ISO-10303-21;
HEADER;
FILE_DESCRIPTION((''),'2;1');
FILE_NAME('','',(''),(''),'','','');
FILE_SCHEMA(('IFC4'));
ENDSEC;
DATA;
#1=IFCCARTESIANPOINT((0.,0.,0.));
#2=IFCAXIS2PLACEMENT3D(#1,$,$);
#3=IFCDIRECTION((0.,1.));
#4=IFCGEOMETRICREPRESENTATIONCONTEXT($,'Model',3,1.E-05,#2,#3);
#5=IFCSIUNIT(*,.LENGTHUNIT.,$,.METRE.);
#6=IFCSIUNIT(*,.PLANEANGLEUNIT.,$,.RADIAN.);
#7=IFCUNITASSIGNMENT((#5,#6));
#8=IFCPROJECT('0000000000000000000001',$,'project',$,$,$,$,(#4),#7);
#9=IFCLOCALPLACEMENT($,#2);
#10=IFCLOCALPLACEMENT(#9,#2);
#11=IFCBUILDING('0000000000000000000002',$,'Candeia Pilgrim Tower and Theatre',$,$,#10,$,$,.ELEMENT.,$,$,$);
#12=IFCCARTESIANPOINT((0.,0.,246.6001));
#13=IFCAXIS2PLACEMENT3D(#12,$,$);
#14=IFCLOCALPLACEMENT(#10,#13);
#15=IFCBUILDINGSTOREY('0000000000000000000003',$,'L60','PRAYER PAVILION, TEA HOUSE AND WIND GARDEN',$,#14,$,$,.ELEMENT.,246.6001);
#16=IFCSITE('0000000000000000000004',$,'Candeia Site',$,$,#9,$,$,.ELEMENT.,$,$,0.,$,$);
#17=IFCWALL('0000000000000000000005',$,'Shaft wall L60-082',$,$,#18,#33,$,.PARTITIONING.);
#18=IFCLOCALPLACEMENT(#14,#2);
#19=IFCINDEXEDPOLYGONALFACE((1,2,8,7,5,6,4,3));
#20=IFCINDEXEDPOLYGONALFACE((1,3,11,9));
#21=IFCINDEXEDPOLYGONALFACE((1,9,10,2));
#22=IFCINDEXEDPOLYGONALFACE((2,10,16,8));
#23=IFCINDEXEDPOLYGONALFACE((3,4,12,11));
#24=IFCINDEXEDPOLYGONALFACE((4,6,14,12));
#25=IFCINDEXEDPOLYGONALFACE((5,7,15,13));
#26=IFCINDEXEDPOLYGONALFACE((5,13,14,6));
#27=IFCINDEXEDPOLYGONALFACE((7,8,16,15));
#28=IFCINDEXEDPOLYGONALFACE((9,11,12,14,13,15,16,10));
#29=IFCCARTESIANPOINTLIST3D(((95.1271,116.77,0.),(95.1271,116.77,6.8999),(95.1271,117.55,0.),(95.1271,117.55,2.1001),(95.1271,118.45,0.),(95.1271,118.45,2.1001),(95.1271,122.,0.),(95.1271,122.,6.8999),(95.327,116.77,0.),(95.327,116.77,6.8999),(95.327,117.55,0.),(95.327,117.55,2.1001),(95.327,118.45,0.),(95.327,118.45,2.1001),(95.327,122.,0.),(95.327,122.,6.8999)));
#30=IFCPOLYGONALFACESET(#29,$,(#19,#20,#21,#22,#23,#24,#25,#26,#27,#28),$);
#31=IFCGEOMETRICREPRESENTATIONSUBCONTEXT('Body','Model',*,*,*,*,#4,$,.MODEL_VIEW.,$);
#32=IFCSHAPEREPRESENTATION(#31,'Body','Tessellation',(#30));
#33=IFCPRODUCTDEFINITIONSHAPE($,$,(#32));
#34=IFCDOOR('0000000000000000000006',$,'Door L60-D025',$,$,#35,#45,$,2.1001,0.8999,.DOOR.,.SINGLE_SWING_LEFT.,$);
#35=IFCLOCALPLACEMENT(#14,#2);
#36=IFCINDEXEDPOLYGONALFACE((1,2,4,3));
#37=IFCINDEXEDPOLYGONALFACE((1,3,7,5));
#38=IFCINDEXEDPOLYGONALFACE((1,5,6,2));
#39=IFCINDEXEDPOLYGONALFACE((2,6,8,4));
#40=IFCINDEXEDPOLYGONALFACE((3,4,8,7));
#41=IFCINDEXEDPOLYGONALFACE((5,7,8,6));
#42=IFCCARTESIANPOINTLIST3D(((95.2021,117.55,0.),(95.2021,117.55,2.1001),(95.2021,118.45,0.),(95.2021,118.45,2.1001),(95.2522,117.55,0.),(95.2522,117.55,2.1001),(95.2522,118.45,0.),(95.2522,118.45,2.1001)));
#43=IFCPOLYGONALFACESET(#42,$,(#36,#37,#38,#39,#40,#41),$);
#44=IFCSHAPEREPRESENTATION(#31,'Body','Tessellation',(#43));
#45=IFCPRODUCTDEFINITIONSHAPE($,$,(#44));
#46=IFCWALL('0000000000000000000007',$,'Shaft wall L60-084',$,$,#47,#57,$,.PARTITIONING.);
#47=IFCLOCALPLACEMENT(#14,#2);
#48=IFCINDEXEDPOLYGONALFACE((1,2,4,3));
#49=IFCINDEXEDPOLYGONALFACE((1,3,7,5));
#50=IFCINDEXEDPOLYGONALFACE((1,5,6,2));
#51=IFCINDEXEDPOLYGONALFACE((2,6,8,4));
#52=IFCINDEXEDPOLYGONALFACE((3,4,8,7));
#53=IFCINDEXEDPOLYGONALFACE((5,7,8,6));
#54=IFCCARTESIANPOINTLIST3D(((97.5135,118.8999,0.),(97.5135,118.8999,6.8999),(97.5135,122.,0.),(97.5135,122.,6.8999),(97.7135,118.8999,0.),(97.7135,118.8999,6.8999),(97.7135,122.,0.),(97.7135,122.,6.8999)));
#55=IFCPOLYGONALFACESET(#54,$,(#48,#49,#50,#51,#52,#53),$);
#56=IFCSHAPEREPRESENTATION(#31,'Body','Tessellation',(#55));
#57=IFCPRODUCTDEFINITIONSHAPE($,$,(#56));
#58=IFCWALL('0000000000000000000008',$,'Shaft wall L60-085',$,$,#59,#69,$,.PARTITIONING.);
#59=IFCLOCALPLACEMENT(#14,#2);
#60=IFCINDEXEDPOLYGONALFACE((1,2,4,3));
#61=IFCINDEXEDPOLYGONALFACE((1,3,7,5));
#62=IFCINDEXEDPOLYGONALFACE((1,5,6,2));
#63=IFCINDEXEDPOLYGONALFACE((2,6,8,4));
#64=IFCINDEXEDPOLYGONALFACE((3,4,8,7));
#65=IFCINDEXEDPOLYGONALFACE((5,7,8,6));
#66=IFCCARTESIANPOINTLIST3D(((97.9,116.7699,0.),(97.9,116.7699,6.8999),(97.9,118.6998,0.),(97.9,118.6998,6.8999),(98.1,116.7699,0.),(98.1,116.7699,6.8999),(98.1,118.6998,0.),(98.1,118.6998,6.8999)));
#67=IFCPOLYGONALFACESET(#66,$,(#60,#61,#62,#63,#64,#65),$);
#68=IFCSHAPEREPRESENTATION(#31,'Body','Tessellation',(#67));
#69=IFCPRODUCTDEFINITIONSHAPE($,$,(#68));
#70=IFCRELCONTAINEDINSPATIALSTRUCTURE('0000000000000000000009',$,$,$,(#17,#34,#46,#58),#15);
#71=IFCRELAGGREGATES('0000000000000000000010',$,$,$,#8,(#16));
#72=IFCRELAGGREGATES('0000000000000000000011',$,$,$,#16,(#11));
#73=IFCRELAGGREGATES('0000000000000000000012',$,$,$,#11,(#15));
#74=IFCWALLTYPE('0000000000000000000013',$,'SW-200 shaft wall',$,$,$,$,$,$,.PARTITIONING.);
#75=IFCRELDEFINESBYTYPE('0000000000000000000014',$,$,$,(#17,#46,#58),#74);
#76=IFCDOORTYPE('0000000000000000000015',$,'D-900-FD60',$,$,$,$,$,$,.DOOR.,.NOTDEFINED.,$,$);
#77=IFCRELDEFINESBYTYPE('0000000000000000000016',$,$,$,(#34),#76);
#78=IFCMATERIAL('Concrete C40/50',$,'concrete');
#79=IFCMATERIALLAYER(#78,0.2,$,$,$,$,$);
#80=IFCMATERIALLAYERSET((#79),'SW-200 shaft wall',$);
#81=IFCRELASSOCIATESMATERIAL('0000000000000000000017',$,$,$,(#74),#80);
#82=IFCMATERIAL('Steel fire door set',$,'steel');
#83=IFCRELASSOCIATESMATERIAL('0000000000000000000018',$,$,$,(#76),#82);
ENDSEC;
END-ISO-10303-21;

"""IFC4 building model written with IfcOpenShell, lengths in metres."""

from ifc_helpers import new_model, si_unit, direction, frame, frame_2d, origin, place, context, subcontext, project, spatial, rectangle, extrude, material, layer, layer_set, type_object, element, fill, save


model = new_model("IFC4")

# Units and contexts
model_context = context("Model", 3, precision=1e-05, world=origin(), true_north=direction((0.0, 1.0)))
body_context = subcontext(model_context, "Body", "Model", "MODEL_VIEW")
ifc_project = project(units=[si_unit("LENGTHUNIT", "METRE"), si_unit("PLANEANGLEUNIT", "RADIAN")], contexts=[model_context])

# Site, building, storey
site_placement = place(None, origin())
site = spatial("IfcSite", under=ifc_project, at=site_placement, Name="Candeia Site", CompositionType="ELEMENT", RefElevation=0.0)
building_placement = place(site_placement, origin())
building = spatial("IfcBuilding", under=site, at=building_placement, Name="Candeia Pilgrim Tower and Theatre", CompositionType="ELEMENT")
storey_placement = place(building_placement, frame((0.0, 0.0, 246.6001)))
storey = spatial("IfcBuildingStorey", under=building, at=storey_placement, Name="L60", Description="PRAYER PAVILION, TEA HOUSE AND WIND GARDEN", CompositionType="ELEMENT", Elevation=246.6001)

# Shared definitions
ifc_material_1 = material(Name="Steel fire door set", Category="steel")

# Shared definitions
ifc_material_2 = material(Name="Concrete C40/50", Category="concrete")
ifc_layer_1 = layer(ifc_material_2, 0.2)
ifc_layer_set_1 = layer_set([ifc_layer_1], Name="SW-200 shaft wall")
wall_type_1 = type_object("IfcWallType", Name="SW-200 shaft wall", PredefinedType="PARTITIONING", material=ifc_layer_set_1)
door_type_1 = type_object("IfcDoorType", Name="D-900-FD60", OperationType="NOTDEFINED", PredefinedType="DOOR", material=ifc_material_1)

# Wall, opening, door
wall_1_placement = place(storey_placement, frame((95.2271, 116.77, 0.0), z_axis=(0.0, 0.0, 1.0), x_axis=(0.0, 1.0, 0.0)))
wall_1 = element("IfcWall", 1, at=wall_1_placement, inside=storey, type_object=wall_type_1, Name="Shaft wall L60-082", PredefinedType="PARTITIONING", context=body_context, shape_type="SweptSolid", body=[
    extrude(rectangle(XDim=5.23, YDim=0.2, at=frame_2d((2.615, 0.0))), origin(), (0.0, 0.0, 1.0), 6.8999),
])
opening_1_placement = place(wall_1_placement, frame((0.78, 0.0, 0.0)))
opening_1 = element("IfcOpeningElement", 2, at=opening_1_placement, cuts=wall_1, PredefinedType="OPENING", context=body_context, shape_type="SweptSolid", body=[
    extrude(rectangle(XDim=0.8999, YDim=2.1001, at=frame_2d((0.45, 1.05))), frame((0.0, 0.1099, 0.0), z_axis=(0.0, -1.0, 0.0), x_axis=(1.0, 0.0, 0.0)), (0.0, 0.0, 1.0), 0.22),
])
door_1_placement = place(opening_1_placement, origin())
door_1 = element("IfcDoor", 3, at=door_1_placement, inside=storey, type_object=door_type_1, Name="Door L60-D025", OperationType="SINGLE_SWING_LEFT", OverallHeight=2.1001, OverallWidth=0.8999, PredefinedType="DOOR", context=body_context, shape_type="SweptSolid", body=[
    extrude(rectangle(XDim=0.8999, YDim=2.1001, at=frame_2d((0.45, 1.05))), frame((0.0, 0.0249, 0.0), z_axis=(0.0, -1.0, 0.0), x_axis=(1.0, 0.0, 0.0)), (0.0, 0.0, 1.0), 0.05),
])
fill(opening_1, door_1)

# Walls
wall_2_placement = place(storey_placement, frame((97.6135, 118.8999, 0.0), z_axis=(0.0, 0.0, 1.0), x_axis=(0.0, 1.0, 0.0)))
element("IfcWall", 4, at=wall_2_placement, inside=storey, type_object=wall_type_1, Name="Shaft wall L60-084", PredefinedType="PARTITIONING", context=body_context, shape_type="SweptSolid", body=[
    extrude(rectangle(XDim=3.1001, YDim=0.2, at=frame_2d((1.55, 0.0))), origin(), (0.0, 0.0, 1.0), 6.8999),
])
wall_3_placement = place(storey_placement, frame((98.0, 116.77, 0.0), z_axis=(0.0, 0.0, 1.0), x_axis=(0.0, 1.0, 0.0)))
element("IfcWall", 5, at=wall_3_placement, inside=storey, type_object=wall_type_1, Name="Shaft wall L60-085", PredefinedType="PARTITIONING", context=body_context, shape_type="SweptSolid", body=[
    extrude(rectangle(XDim=1.9299, YDim=0.2, at=frame_2d((0.9648, 0.0))), origin(), (0.0, 0.0, 1.0), 6.8999),
])

save(model, "model.ifc")
